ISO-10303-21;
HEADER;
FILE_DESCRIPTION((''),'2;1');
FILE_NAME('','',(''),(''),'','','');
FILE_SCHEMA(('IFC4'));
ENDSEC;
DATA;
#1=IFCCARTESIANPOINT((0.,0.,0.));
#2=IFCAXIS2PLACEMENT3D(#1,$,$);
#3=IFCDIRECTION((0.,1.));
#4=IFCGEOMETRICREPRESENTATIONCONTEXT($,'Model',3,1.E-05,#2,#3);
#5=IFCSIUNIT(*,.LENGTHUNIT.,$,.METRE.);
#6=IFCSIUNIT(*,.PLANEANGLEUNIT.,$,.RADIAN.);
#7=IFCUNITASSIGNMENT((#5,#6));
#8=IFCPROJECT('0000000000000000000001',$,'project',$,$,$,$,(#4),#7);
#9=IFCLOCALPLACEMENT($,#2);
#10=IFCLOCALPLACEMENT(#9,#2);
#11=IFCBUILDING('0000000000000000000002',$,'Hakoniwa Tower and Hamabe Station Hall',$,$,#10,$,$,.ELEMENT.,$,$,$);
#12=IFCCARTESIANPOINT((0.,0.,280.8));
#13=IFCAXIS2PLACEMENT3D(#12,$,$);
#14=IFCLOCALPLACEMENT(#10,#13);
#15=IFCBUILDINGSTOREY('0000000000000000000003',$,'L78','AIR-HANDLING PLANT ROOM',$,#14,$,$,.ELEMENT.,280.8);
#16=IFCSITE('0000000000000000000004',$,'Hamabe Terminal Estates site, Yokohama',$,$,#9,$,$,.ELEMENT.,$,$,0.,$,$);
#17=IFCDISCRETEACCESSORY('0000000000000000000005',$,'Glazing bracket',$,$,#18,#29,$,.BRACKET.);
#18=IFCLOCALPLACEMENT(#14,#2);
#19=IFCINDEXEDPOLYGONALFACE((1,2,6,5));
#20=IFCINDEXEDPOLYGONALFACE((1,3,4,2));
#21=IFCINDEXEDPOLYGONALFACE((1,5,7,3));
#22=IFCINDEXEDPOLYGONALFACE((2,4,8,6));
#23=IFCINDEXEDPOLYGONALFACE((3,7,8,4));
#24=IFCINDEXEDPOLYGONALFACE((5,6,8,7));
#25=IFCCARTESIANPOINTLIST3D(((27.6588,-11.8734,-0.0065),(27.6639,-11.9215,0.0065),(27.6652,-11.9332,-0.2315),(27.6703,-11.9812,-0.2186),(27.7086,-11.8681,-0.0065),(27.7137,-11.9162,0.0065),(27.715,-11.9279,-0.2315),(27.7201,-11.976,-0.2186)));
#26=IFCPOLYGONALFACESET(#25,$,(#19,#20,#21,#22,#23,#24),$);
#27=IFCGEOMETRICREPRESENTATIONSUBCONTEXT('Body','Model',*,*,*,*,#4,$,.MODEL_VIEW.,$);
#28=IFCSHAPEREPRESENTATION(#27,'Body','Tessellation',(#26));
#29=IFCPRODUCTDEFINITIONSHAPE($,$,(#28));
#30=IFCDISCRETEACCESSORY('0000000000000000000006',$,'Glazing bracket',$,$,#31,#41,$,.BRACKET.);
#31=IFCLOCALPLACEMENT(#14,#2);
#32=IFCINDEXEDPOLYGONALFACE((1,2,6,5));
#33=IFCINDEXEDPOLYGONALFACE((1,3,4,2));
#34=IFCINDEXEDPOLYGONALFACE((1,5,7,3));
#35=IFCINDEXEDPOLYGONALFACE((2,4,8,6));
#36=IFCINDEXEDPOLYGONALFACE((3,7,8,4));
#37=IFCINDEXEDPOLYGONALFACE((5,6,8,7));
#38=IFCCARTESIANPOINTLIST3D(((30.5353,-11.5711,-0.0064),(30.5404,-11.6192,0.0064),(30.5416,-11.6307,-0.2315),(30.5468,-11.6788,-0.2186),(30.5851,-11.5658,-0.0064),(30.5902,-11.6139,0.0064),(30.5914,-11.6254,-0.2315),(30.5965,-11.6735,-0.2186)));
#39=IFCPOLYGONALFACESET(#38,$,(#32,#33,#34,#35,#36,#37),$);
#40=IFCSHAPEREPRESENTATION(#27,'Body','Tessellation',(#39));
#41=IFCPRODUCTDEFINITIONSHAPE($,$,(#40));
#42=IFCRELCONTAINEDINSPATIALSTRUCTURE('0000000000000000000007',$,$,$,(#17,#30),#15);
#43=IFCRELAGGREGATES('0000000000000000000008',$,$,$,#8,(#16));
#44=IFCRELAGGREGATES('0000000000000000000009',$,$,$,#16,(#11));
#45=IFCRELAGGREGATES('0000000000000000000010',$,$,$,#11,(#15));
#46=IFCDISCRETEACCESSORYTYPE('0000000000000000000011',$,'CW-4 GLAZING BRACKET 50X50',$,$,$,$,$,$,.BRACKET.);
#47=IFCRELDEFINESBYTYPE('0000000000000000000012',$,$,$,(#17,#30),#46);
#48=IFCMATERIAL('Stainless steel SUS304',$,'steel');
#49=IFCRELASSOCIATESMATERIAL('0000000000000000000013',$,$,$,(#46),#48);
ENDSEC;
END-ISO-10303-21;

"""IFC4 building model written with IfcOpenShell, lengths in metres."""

from ifc_helpers import new_model, si_unit, direction, frame, origin, origin_2d, place, context, subcontext, project, spatial, rectangle, extrude, material, material_profile, profile_set, type_object, element, save


model = new_model("IFC4")

# Units and contexts
model_context = context("Model", 3, precision=1e-05, world=origin(), true_north=direction((0.0, 1.0)))
body_context = subcontext(model_context, "Body", "Model", "MODEL_VIEW")
ifc_project = project(units=[si_unit("LENGTHUNIT", "METRE"), si_unit("PLANEANGLEUNIT", "RADIAN")], contexts=[model_context])

# Site, building, storey
site_placement = place(None, origin())
site = spatial("IfcSite", under=ifc_project, at=site_placement, Name="Hamabe Terminal Estates site, Yokohama", CompositionType="ELEMENT", RefElevation=0.0)
building_placement = place(site_placement, origin())
building = spatial("IfcBuilding", under=site, at=building_placement, Name="Hakoniwa Tower and Hamabe Station Hall", CompositionType="ELEMENT")
storey_placement = place(building_placement, frame((0.0, 0.0, 280.8)))
storey = spatial("IfcBuildingStorey", under=building, at=storey_placement, Name="L78", Description="AIR-HANDLING PLANT ROOM", CompositionType="ELEMENT", Elevation=280.8)

# Discrete accessories
ifc_material_1 = material(Name="Stainless steel SUS304", Category="steel")
ifc_material_profile_1 = material_profile(ifc_material_1, rectangle(XDim=0.05, YDim=0.05, at=origin_2d()), Name="CW-4 GLAZING BRACKET 50X50")
ifc_profile_set_1 = profile_set([ifc_material_profile_1], Name="Stainless steel SUS304")
discrete_accessory_type = type_object("IfcDiscreteAccessoryType", Name="CW-4 GLAZING BRACKET 50X50", PredefinedType="BRACKET", material=ifc_profile_set_1)
for number, where, z_axis, x_axis, name in (
    (1, (27.6863, -11.8948, 0.0), (0.027244, -0.256719, -0.966102), (0.994416, 0.10553, 0.0), "Glazing bracket"),
    (2, (30.5627, -11.5925, 0.0), (0.027251, -0.25574, -0.966361), (0.994371, 0.105958, 0.0), "Glazing bracket"),
):
    element("IfcDiscreteAccessory", number, at=place(storey_placement, frame(where, z_axis=z_axis, x_axis=x_axis)), inside=storey, type_object=discrete_accessory_type, Name=name, PredefinedType="BRACKET", context=body_context, shape_type="SweptSolid", body=[
        extrude(rectangle(XDim=0.05, YDim=0.05, at=origin_2d()), origin(), (0.0, 0.0, 1.0), 0.2329),
    ])

save(model, "model.ifc")
